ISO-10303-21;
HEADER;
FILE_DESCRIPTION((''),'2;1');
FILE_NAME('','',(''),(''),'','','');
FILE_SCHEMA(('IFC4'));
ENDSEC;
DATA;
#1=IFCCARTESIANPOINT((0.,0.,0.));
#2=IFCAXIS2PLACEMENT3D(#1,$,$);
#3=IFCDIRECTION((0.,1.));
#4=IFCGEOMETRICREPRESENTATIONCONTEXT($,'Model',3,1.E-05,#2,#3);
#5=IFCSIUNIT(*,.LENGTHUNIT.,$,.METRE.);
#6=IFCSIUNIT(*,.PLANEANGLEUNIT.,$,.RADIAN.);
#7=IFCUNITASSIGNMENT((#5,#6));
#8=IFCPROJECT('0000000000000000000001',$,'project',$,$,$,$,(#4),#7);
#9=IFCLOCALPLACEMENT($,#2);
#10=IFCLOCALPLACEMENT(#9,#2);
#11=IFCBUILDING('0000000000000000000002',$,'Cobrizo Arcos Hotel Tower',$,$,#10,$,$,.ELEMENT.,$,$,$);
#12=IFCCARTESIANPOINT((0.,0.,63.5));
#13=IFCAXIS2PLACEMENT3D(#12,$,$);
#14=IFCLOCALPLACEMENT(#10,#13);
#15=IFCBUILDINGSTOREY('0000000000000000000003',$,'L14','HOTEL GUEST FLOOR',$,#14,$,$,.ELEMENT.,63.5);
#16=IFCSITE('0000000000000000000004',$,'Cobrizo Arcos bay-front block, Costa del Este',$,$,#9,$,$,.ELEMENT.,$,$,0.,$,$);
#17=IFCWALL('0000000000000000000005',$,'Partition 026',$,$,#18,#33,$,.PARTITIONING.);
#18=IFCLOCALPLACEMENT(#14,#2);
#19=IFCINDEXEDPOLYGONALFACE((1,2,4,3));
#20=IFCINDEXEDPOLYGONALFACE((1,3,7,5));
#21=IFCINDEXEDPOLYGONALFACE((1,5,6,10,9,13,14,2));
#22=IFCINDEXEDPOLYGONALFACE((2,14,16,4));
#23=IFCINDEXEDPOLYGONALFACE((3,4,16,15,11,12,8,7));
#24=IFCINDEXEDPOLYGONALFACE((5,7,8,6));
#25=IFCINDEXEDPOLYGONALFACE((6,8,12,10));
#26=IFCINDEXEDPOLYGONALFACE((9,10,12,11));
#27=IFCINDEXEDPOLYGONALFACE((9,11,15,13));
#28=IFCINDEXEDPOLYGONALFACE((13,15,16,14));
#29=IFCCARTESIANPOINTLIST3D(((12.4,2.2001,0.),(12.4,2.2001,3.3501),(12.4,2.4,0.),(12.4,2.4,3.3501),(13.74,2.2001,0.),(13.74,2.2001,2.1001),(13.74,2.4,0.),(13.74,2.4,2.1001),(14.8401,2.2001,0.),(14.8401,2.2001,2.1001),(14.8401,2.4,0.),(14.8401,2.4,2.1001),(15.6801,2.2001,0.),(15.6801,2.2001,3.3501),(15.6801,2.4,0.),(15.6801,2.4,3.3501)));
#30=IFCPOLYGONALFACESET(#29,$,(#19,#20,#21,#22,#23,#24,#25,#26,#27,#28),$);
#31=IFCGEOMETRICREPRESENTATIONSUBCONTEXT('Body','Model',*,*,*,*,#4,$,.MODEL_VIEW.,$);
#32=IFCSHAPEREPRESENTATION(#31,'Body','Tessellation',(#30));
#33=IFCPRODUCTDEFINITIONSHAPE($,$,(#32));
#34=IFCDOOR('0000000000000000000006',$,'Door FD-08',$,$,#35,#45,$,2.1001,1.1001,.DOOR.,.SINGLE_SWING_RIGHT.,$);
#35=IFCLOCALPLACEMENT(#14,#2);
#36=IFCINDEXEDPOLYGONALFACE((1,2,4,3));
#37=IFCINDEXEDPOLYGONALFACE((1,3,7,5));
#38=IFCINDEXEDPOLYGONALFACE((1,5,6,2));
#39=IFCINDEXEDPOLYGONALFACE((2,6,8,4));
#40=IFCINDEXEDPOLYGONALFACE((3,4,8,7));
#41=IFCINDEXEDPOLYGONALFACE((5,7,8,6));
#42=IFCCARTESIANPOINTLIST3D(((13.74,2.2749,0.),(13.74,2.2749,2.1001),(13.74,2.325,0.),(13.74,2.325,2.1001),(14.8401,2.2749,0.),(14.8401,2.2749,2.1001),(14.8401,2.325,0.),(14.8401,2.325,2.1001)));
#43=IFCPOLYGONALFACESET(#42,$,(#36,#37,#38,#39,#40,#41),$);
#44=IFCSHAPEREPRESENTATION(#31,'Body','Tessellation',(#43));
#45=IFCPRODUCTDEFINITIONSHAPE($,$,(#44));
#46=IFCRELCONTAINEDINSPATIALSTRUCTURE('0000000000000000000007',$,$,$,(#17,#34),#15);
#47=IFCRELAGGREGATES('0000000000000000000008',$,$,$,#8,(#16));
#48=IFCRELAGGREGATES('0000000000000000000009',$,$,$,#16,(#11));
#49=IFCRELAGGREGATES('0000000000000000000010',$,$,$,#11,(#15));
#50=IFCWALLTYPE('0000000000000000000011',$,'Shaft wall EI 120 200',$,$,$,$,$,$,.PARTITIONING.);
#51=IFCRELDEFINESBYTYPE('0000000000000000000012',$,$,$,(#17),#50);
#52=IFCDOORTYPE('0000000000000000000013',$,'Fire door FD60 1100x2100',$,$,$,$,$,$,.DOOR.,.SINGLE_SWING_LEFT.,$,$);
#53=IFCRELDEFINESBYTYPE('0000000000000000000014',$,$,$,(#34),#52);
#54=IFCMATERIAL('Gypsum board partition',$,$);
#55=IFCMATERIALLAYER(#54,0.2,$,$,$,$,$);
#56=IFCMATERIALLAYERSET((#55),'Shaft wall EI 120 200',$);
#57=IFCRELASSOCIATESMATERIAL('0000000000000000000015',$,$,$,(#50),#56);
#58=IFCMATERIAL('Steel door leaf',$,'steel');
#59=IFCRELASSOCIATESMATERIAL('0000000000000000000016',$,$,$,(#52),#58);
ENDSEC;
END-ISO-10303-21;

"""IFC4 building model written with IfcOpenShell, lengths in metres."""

from ifc_helpers import new_model, si_unit, direction, frame, frame_2d, origin, place, context, subcontext, project, spatial, rectangle, extrude, material, layer, layer_set, type_object, element, fill, save


model = new_model("IFC4")

# Units and contexts
model_context = context("Model", 3, precision=1e-05, world=origin(), true_north=direction((0.0, 1.0)))
body_context = subcontext(model_context, "Body", "Model", "MODEL_VIEW")
ifc_project = project(units=[si_unit("LENGTHUNIT", "METRE"), si_unit("PLANEANGLEUNIT", "RADIAN")], contexts=[model_context])

# Site, building, storey
site_placement = place(None, origin())
site = spatial("IfcSite", under=ifc_project, at=site_placement, Name="Cobrizo Arcos bay-front block, Costa del Este", CompositionType="ELEMENT", RefElevation=0.0)
building_placement = place(site_placement, origin())
building = spatial("IfcBuilding", under=site, at=building_placement, Name="Cobrizo Arcos Hotel Tower", CompositionType="ELEMENT")
storey_placement = place(building_placement, frame((0.0, 0.0, 63.5)))
storey = spatial("IfcBuildingStorey", under=building, at=storey_placement, Name="L14", Description="HOTEL GUEST FLOOR", CompositionType="ELEMENT", Elevation=63.5)

# Shared definitions
ifc_material_1 = material(Name="Gypsum board partition")

# Wall, opening, door
ifc_layer_1 = layer(ifc_material_1, 0.2)
ifc_layer_set_1 = layer_set([ifc_layer_1], Name="Shaft wall EI 120 200")
wall_type_1 = type_object("IfcWallType", Name="Shaft wall EI 120 200", PredefinedType="PARTITIONING", material=ifc_layer_set_1)
wall_1_placement = place(storey_placement, frame((12.3999, 2.3, 0.0), z_axis=(0.0, 0.0, 1.0), x_axis=(1.0, 0.0, 0.0)))
wall_1 = element("IfcWall", 1, at=wall_1_placement, inside=storey, type_object=wall_type_1, Name="Partition 026", PredefinedType="PARTITIONING", context=body_context, shape_type="SweptSolid", body=[
    extrude(rectangle(XDim=3.28, YDim=0.2, at=frame_2d((1.6401, 0.0))), origin(), (0.0, 0.0, 1.0), 3.3501),
])
opening_1_placement = place(wall_1_placement, frame((1.3401, 0.0, 0.0)))
opening_1 = element("IfcOpeningElement", 2, at=opening_1_placement, cuts=wall_1, PredefinedType="OPENING", context=body_context, shape_type="SweptSolid", body=[
    extrude(rectangle(XDim=1.1001, YDim=2.1001, at=frame_2d((0.55, 1.05))), frame((0.0, 0.1121, 0.0), z_axis=(0.0, -1.0, 0.0), x_axis=(1.0, 0.0, 0.0)), (0.0, 0.0, 1.0), 0.2239),
])
ifc_material_2 = material(Name="Steel door leaf", Category="steel")
door_type_1 = type_object("IfcDoorType", Name="Fire door FD60 1100x2100", OperationType="SINGLE_SWING_LEFT", PredefinedType="DOOR", material=ifc_material_2)
door_1_placement = place(opening_1_placement, origin())
door_1 = element("IfcDoor", 3, at=door_1_placement, inside=storey, type_object=door_type_1, Name="Door FD-08", OperationType="SINGLE_SWING_RIGHT", OverallHeight=2.1001, OverallWidth=1.1001, PredefinedType="DOOR", context=body_context, shape_type="SweptSolid", body=[
    extrude(rectangle(XDim=1.1001, YDim=2.1001, at=frame_2d((0.55, 1.05))), frame((0.0, 0.0249, 0.0), z_axis=(0.0, -1.0, 0.0), x_axis=(1.0, 0.0, 0.0)), (0.0, 0.0, 1.0), 0.05),
])
fill(opening_1, door_1)

save(model, "model.ifc")
